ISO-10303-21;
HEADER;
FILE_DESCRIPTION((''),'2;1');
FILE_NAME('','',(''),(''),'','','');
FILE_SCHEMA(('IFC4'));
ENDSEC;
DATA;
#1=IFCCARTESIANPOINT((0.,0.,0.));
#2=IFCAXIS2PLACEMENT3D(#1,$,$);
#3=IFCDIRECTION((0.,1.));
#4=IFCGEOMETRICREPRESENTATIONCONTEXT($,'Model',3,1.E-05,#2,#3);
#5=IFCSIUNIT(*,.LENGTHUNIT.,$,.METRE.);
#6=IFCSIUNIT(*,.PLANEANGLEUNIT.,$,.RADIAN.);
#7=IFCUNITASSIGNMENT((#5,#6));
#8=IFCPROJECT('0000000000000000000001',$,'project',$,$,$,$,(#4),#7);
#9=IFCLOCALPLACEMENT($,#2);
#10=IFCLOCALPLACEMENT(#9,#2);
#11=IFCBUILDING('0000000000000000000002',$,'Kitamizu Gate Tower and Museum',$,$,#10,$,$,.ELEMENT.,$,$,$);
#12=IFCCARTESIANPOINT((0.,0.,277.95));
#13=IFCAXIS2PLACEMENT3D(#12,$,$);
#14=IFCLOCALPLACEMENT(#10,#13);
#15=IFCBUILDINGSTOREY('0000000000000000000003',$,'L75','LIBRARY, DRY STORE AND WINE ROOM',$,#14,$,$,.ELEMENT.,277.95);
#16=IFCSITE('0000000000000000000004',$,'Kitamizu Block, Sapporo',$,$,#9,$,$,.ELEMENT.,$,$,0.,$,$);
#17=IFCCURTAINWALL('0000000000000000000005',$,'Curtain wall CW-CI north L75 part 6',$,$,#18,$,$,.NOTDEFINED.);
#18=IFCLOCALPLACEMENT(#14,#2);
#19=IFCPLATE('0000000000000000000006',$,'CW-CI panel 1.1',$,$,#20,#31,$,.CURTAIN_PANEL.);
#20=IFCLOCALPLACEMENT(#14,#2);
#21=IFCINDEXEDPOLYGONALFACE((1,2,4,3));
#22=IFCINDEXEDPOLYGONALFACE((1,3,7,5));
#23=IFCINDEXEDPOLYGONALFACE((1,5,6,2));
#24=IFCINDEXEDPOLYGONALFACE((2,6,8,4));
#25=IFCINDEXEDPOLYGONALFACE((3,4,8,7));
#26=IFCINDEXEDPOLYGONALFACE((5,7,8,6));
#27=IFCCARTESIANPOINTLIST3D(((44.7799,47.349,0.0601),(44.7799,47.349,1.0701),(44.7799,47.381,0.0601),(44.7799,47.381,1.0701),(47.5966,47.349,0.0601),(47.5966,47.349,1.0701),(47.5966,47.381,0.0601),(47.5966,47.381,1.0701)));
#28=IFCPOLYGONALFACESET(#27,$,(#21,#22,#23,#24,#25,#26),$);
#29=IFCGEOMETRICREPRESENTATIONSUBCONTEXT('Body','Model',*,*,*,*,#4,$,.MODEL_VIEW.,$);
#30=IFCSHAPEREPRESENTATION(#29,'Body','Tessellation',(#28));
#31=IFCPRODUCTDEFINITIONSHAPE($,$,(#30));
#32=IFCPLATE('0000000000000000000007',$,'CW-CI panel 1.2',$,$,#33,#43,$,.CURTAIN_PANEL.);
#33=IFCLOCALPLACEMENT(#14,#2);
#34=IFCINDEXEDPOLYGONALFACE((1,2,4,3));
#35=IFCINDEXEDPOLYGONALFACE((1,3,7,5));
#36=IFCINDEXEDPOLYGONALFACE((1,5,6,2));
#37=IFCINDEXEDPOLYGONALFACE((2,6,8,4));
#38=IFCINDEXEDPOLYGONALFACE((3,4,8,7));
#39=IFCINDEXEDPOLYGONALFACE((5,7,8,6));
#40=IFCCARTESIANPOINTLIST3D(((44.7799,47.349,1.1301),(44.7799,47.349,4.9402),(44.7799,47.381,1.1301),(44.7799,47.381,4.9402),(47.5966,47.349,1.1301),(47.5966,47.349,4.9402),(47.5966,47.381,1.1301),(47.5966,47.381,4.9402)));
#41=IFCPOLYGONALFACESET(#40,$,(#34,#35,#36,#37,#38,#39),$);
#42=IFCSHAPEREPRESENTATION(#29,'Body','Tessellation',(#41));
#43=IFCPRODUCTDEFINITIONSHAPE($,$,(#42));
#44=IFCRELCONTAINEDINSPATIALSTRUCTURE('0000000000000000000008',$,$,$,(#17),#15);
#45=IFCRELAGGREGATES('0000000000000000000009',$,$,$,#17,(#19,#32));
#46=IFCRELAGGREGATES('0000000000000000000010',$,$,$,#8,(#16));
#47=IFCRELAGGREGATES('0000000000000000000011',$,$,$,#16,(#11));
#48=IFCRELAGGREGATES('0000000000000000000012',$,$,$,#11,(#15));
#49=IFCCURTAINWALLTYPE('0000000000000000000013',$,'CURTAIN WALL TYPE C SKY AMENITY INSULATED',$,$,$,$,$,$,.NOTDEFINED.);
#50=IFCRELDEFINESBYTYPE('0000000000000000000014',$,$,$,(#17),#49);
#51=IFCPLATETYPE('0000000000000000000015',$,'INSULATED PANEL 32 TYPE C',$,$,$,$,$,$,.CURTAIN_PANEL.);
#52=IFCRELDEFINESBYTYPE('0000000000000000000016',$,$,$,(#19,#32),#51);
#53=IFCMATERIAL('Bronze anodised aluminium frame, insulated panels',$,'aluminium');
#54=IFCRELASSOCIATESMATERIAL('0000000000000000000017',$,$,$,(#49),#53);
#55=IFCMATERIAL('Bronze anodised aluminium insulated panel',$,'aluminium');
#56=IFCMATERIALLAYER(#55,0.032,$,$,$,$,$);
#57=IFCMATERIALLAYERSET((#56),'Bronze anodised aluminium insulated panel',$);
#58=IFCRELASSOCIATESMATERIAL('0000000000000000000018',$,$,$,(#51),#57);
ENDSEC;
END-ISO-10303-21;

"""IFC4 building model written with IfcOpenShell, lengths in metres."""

from ifc_helpers import new_model, si_unit, direction, frame, origin, origin_2d, place, context, subcontext, project, spatial, rectangle, extrude, material, layer, layer_set, type_object, element, aggregate, save


model = new_model("IFC4")

# Units and contexts
model_context = context("Model", 3, precision=1e-05, world=origin(), true_north=direction((0.0, 1.0)))
body_context = subcontext(model_context, "Body", "Model", "MODEL_VIEW")
ifc_project = project(units=[si_unit("LENGTHUNIT", "METRE"), si_unit("PLANEANGLEUNIT", "RADIAN")], contexts=[model_context])

# Site, building, storey
site_placement = place(None, origin())
site = spatial("IfcSite", under=ifc_project, at=site_placement, Name="Kitamizu Block, Sapporo", CompositionType="ELEMENT", RefElevation=0.0)
building_placement = place(site_placement, origin())
building = spatial("IfcBuilding", under=site, at=building_placement, Name="Kitamizu Gate Tower and Museum", CompositionType="ELEMENT")
storey_placement = place(building_placement, frame((0.0, 0.0, 277.95)))
storey = spatial("IfcBuildingStorey", under=building, at=storey_placement, Name="L75", Description="LIBRARY, DRY STORE AND WINE ROOM", CompositionType="ELEMENT", Elevation=277.95)

# Curtain wall
ifc_material_1 = material(Name="Bronze anodised aluminium frame, insulated panels", Category="aluminium")
curtain_wall_type_1 = type_object("IfcCurtainWallType", Name="CURTAIN WALL TYPE C SKY AMENITY INSULATED", PredefinedType="NOTDEFINED", material=ifc_material_1)
curtain_wall_1_placement = place(storey_placement, origin())
curtain_wall_1 = element("IfcCurtainWall", 1, at=curtain_wall_1_placement, inside=storey, type_object=curtain_wall_type_1, Name="Curtain wall CW-CI north L75 part 6", PredefinedType="NOTDEFINED")

# Plates
ifc_material_2 = material(Name="Bronze anodised aluminium insulated panel", Category="aluminium")
ifc_layer_1 = layer(ifc_material_2, 0.032)
ifc_layer_set_1 = layer_set([ifc_layer_1], Name="Bronze anodised aluminium insulated panel")
plate_type_1 = type_object("IfcPlateType", Name="INSULATED PANEL 32 TYPE C", PredefinedType="CURTAIN_PANEL", material=ifc_layer_set_1)
plate_1_placement = place(storey_placement, frame((46.1882, 47.365, 0.0601), z_axis=(0.0, 0.0, 1.0), x_axis=(1.0, 0.0, 0.0)))
plate_1 = element("IfcPlate", 2, at=plate_1_placement, type_object=plate_type_1, Name="CW-CI panel 1.1", PredefinedType="CURTAIN_PANEL", context=body_context, shape_type="SweptSolid", body=[
    extrude(rectangle(XDim=2.8167, YDim=0.032, at=origin_2d()), origin(), (0.0, 0.0, 1.0), 1.01),
])
plate_2_placement = place(storey_placement, frame((46.1882, 47.365, 1.1301), z_axis=(0.0, 0.0, 1.0), x_axis=(1.0, 0.0, 0.0)))
plate_2 = element("IfcPlate", 3, at=plate_2_placement, type_object=plate_type_1, Name="CW-CI panel 1.2", PredefinedType="CURTAIN_PANEL", context=body_context, shape_type="SweptSolid", body=[
    extrude(rectangle(XDim=2.8167, YDim=0.032, at=origin_2d()), origin(), (0.0, 0.0, 1.0), 3.8101),
])
aggregate(curtain_wall_1, [plate_1, plate_2])

save(model, "model.ifc")
